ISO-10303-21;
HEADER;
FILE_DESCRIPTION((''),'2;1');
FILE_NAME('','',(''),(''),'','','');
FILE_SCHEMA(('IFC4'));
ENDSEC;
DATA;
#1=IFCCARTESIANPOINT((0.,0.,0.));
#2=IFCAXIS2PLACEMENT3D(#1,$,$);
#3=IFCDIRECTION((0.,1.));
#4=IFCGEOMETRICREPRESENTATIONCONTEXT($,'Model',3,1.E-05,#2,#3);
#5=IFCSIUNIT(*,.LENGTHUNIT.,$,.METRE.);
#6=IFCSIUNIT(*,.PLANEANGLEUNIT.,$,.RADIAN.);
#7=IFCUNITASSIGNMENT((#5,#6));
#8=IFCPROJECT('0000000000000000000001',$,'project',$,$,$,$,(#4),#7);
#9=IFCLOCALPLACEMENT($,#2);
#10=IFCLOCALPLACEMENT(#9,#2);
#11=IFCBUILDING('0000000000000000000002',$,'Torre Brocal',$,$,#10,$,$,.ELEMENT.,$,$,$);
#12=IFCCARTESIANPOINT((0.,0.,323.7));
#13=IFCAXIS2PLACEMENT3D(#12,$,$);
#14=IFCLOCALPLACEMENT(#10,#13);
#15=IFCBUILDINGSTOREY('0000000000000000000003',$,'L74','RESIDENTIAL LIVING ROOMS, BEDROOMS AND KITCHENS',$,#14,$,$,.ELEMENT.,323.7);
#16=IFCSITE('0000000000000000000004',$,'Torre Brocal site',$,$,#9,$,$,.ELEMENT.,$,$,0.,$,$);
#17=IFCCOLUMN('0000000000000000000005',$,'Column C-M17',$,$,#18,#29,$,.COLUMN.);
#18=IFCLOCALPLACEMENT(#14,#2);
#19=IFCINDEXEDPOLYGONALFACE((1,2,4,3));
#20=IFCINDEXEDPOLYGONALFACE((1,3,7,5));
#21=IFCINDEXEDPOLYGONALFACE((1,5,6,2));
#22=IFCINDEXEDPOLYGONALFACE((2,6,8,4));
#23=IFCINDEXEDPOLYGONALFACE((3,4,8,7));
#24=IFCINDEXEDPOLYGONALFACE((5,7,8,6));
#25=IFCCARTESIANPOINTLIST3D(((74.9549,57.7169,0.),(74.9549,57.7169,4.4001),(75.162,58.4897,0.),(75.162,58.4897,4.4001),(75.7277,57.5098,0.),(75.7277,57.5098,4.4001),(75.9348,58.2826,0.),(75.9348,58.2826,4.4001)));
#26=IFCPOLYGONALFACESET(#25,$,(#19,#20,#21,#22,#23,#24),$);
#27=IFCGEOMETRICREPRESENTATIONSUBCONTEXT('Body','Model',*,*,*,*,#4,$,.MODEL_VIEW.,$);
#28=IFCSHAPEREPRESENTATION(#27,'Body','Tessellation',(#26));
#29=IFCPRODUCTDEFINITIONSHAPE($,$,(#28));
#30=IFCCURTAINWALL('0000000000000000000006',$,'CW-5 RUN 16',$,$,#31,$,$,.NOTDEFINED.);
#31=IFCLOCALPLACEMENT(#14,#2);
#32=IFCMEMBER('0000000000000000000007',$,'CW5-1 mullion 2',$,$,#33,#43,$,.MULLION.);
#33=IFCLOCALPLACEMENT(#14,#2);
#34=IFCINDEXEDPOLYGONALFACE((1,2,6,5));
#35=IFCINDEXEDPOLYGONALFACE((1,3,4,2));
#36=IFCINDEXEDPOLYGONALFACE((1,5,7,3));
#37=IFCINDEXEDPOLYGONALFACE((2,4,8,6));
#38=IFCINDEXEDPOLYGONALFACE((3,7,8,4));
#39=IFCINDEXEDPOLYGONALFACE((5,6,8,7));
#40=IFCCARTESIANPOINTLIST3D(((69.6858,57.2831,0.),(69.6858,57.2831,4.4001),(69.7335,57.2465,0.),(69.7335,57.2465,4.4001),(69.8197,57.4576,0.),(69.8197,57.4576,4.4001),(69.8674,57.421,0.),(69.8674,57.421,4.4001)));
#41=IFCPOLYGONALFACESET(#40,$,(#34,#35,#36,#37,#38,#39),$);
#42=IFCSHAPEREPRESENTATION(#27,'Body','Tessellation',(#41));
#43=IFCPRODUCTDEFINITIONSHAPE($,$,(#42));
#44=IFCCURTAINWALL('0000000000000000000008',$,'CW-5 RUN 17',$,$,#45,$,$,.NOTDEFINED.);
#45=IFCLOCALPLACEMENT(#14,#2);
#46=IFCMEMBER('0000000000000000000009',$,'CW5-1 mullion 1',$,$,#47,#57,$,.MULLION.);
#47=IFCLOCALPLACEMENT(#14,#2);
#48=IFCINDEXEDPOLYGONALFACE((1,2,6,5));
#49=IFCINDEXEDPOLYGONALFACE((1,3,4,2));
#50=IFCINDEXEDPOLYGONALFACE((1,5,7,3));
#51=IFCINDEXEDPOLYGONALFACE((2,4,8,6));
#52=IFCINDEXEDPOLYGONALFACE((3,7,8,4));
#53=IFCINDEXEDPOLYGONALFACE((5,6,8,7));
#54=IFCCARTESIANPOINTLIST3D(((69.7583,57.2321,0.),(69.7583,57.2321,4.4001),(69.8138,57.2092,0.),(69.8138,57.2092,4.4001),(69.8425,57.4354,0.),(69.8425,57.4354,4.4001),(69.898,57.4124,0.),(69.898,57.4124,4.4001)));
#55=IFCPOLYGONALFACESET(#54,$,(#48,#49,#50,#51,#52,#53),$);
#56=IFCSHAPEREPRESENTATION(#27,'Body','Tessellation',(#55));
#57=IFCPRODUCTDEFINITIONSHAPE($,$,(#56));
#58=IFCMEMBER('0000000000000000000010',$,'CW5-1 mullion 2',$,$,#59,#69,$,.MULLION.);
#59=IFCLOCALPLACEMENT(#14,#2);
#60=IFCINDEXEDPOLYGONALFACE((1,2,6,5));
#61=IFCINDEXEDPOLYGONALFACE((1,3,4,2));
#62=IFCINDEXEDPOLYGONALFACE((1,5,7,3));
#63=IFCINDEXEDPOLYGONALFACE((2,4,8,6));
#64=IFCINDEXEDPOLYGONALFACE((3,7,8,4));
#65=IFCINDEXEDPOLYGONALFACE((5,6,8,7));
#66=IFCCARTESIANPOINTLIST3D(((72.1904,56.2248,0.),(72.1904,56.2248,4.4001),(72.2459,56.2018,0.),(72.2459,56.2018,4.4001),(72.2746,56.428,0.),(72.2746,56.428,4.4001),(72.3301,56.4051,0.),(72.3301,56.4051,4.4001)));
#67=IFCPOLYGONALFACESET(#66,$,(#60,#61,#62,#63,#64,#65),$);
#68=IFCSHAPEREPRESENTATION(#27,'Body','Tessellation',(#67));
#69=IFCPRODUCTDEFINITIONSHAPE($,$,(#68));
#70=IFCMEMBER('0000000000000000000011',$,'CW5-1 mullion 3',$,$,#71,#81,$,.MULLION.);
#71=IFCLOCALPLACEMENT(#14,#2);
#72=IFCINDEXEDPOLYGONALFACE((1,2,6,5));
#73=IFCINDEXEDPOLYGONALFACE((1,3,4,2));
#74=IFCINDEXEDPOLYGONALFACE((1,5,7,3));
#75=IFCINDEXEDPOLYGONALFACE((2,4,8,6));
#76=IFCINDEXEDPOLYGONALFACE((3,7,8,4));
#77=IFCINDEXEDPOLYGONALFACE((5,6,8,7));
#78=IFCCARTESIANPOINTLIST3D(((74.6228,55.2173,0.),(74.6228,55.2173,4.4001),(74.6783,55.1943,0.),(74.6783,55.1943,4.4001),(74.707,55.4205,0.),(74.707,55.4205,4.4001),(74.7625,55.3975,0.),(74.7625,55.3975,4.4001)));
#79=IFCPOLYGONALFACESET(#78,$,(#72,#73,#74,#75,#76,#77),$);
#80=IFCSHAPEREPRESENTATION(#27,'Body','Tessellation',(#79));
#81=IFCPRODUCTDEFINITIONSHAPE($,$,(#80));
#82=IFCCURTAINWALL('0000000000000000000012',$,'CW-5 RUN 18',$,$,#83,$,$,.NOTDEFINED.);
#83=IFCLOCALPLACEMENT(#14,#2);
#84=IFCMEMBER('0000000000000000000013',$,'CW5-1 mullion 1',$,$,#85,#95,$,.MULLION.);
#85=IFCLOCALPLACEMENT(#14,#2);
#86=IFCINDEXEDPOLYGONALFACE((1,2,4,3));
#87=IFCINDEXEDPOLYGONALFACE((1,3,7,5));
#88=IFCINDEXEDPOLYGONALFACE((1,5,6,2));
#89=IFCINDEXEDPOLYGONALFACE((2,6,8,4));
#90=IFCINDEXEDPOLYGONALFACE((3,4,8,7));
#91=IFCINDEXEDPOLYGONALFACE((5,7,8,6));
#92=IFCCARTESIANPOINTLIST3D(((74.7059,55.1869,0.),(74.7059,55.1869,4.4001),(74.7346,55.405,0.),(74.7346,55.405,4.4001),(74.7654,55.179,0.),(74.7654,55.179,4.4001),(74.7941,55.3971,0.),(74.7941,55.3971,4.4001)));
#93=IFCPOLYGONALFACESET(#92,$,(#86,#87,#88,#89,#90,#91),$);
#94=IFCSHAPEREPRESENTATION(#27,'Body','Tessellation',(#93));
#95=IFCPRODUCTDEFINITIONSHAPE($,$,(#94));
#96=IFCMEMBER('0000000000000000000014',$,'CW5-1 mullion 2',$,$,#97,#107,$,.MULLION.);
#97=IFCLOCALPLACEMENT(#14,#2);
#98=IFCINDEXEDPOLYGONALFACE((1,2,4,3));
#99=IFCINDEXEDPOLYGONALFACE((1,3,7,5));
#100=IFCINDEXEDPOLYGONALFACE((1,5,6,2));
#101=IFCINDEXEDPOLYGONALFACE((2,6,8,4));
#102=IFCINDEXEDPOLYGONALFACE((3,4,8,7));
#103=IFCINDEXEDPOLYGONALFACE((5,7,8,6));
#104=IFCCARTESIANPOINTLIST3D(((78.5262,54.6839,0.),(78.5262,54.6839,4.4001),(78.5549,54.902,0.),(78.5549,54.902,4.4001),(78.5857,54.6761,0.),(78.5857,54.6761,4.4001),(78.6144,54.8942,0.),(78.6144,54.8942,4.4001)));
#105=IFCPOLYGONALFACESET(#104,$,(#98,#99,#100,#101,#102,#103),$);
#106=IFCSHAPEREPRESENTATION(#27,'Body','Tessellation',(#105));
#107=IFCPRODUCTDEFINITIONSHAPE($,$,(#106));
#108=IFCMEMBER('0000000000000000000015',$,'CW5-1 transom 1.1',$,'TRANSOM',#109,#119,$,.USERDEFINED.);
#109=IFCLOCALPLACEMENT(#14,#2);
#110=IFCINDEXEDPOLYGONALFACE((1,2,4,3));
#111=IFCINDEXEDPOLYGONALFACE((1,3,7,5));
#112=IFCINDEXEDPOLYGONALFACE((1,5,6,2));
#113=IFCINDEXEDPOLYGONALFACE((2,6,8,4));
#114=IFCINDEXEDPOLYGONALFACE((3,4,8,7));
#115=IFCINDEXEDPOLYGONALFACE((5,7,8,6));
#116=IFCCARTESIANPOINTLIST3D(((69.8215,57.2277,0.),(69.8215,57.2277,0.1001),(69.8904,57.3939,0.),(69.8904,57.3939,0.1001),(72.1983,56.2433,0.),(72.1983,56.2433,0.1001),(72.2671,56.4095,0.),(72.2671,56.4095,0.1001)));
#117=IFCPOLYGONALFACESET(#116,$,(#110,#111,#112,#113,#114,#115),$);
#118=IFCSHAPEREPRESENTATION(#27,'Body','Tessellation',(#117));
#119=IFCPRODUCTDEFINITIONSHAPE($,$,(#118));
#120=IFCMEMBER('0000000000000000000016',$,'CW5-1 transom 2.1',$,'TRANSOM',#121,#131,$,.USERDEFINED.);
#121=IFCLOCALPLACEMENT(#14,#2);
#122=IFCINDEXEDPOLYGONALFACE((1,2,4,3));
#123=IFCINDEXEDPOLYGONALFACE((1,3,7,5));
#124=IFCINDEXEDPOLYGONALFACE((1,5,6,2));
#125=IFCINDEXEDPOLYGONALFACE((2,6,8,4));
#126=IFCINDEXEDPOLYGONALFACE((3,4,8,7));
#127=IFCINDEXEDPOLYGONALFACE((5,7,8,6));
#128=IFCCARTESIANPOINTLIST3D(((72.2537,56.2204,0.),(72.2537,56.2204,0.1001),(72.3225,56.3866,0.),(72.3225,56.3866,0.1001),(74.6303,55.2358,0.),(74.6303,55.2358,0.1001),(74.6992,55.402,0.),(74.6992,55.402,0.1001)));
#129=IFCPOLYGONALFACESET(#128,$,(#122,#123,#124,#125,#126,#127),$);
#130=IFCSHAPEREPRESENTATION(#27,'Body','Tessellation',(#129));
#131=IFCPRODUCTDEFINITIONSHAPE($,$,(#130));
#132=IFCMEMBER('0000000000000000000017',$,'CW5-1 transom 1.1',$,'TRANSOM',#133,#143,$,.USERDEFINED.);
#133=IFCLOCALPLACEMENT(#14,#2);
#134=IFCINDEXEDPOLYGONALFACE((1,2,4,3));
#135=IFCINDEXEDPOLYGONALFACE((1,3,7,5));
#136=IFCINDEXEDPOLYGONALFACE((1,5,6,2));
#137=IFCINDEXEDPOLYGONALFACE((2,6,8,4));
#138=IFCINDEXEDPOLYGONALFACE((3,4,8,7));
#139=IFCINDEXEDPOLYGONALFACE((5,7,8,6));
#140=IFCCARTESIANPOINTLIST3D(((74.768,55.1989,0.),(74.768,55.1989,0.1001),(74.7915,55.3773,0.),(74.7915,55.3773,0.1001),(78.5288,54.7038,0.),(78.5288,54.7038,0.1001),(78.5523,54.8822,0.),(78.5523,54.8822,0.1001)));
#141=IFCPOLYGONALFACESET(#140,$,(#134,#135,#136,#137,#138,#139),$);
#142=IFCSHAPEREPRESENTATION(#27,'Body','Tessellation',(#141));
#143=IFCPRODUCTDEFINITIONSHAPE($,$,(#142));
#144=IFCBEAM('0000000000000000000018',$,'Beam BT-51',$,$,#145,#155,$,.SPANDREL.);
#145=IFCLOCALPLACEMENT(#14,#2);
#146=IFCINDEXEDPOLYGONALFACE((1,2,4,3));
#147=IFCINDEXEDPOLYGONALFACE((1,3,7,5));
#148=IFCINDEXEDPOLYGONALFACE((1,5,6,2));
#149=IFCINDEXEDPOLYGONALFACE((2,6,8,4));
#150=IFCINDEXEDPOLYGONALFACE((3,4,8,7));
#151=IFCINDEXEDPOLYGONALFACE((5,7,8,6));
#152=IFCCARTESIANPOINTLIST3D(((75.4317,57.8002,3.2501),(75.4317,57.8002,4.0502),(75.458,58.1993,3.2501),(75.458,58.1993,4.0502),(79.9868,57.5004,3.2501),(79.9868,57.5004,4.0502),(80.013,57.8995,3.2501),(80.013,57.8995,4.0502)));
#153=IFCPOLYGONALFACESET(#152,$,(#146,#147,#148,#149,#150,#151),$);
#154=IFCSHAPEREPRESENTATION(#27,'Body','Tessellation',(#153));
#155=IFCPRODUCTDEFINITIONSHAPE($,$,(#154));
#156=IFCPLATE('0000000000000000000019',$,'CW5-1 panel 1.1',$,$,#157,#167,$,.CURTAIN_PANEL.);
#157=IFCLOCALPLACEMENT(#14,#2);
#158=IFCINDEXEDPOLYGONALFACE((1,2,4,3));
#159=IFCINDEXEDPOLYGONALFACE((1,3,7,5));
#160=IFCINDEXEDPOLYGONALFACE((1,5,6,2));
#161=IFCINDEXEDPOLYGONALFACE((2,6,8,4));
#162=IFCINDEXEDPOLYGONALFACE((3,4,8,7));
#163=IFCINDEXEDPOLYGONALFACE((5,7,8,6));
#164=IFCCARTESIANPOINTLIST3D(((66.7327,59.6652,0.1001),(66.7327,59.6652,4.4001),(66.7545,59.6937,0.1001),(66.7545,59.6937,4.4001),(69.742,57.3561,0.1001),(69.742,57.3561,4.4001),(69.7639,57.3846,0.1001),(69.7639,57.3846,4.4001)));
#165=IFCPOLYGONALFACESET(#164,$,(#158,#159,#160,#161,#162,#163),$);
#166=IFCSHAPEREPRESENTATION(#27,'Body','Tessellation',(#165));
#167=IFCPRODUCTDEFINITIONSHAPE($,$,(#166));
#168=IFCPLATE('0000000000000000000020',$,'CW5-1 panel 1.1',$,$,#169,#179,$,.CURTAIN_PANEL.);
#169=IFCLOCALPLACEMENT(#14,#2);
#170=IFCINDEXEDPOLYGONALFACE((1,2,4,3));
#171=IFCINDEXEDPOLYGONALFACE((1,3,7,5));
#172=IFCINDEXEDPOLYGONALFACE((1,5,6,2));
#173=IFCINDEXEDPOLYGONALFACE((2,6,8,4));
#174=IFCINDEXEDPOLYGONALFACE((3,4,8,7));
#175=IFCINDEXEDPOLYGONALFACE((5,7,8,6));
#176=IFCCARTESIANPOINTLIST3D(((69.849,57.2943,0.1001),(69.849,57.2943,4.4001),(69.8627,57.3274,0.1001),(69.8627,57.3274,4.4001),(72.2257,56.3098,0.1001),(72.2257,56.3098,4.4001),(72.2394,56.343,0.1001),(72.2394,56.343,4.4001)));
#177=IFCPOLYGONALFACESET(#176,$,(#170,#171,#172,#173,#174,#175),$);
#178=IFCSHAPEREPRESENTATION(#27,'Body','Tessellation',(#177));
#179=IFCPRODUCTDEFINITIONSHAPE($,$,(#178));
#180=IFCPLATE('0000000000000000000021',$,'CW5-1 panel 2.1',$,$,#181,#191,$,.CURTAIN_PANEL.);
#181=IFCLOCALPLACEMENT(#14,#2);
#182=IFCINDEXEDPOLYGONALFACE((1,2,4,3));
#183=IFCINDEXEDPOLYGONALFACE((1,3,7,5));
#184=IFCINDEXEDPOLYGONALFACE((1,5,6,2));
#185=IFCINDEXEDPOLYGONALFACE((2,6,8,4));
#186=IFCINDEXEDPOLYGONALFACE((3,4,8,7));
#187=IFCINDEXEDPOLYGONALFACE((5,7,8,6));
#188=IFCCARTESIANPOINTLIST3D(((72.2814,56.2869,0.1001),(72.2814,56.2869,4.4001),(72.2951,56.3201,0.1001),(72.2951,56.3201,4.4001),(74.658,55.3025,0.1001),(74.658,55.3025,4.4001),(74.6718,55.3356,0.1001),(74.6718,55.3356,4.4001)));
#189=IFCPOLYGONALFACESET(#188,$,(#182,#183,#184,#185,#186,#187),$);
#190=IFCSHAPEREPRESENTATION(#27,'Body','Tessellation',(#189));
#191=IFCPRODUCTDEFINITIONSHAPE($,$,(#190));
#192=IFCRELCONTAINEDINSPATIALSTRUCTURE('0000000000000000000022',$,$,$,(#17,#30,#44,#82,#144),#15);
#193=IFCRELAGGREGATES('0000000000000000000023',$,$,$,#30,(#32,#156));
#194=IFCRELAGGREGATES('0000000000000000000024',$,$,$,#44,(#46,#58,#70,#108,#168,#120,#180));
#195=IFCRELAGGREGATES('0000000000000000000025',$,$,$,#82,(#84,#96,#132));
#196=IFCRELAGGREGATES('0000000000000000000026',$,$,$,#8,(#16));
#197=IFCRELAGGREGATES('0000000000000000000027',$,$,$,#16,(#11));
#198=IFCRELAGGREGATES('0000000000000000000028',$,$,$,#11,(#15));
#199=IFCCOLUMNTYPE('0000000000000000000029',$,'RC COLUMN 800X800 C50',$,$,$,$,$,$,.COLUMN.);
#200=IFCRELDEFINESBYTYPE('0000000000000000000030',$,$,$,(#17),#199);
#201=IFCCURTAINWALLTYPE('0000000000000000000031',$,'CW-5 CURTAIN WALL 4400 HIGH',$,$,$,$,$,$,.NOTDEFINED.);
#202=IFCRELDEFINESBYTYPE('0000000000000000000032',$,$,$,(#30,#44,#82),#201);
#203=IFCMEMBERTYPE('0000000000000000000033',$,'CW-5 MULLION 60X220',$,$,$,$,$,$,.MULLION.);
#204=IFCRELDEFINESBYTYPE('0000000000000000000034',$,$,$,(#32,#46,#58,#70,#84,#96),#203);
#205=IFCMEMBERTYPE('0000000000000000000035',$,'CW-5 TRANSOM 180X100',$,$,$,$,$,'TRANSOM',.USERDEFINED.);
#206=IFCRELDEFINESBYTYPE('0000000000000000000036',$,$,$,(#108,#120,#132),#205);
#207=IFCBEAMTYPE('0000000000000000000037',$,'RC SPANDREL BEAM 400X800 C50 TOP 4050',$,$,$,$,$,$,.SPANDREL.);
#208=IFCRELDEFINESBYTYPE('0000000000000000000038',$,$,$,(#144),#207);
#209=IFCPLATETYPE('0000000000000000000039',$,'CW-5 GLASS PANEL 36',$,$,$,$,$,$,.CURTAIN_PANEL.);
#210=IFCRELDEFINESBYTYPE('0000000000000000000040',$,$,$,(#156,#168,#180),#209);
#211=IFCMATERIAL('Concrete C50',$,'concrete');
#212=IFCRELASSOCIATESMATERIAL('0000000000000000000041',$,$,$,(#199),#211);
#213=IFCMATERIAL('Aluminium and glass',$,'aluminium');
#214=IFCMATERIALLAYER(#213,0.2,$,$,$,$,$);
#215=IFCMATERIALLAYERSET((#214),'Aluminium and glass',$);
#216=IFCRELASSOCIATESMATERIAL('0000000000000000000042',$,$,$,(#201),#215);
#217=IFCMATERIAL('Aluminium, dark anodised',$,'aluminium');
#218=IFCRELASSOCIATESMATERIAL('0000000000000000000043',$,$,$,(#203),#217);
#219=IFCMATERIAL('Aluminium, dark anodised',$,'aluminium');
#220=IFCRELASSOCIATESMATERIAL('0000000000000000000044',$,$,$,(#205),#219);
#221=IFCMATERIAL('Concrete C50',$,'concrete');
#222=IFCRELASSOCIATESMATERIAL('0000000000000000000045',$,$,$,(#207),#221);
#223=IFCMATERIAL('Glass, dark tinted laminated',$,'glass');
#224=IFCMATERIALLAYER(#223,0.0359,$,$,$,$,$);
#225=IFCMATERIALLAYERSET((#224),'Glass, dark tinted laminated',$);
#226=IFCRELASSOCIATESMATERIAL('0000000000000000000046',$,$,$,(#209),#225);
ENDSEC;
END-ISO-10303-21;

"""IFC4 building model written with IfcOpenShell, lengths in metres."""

from ifc_helpers import new_model, si_unit, direction, frame, origin, origin_2d, place, context, subcontext, project, spatial, rectangle, extrude, material, layer, layer_set, material_profile, profile_set, type_object, element, aggregate, save


model = new_model("IFC4")

# Units and contexts
model_context = context("Model", 3, precision=1e-05, world=origin(), true_north=direction((0.0, 1.0)))
body_context = subcontext(model_context, "Body", "Model", "MODEL_VIEW")
ifc_project = project(units=[si_unit("LENGTHUNIT", "METRE"), si_unit("PLANEANGLEUNIT", "RADIAN")], contexts=[model_context])

# Site, building, storey
site_placement = place(None, origin())
site = spatial("IfcSite", under=ifc_project, at=site_placement, Name="Torre Brocal site", CompositionType="ELEMENT", RefElevation=0.0)
building_placement = place(site_placement, origin())
building = spatial("IfcBuilding", under=site, at=building_placement, Name="Torre Brocal", CompositionType="ELEMENT")
storey_placement = place(building_placement, frame((0.0, 0.0, 323.7)))
storey = spatial("IfcBuildingStorey", under=building, at=storey_placement, Name="L74", Description="RESIDENTIAL LIVING ROOMS, BEDROOMS AND KITCHENS", CompositionType="ELEMENT", Elevation=323.7)

# Column
ifc_material_1 = material(Name="Concrete C50", Category="concrete")
ifc_material_profile_1 = material_profile(ifc_material_1, rectangle(XDim=0.8, YDim=0.8, at=origin_2d()), Name="RC 800X800")
ifc_profile_set_1 = profile_set([ifc_material_profile_1], Name="Concrete C50")
column_type = type_object("IfcColumnType", Name="RC COLUMN 800X800 C50", PredefinedType="COLUMN", material=ifc_profile_set_1)
column_placement = place(storey_placement, frame((75.4448, 57.9998, 0.0), z_axis=(0.0, 0.0, 1.0), x_axis=(-0.258819, -0.965926, 0.0)))
element("IfcColumn", 1, at=column_placement, inside=storey, type_object=column_type, Name="Column C-M17", PredefinedType="COLUMN", context=body_context, shape_type="SweptSolid", body=[
    extrude(rectangle(XDim=0.8, YDim=0.8, at=origin_2d()), origin(), (0.0, 0.0, 1.0), 4.4001),
])

# Curtain wall, member
ifc_material_2 = material(Name="Aluminium and glass", Category="aluminium")
ifc_layer_1 = layer(ifc_material_2, 0.2)
ifc_layer_set_1 = layer_set([ifc_layer_1], Name="Aluminium and glass")
curtain_wall_type = type_object("IfcCurtainWallType", Name="CW-5 CURTAIN WALL 4400 HIGH", PredefinedType="NOTDEFINED", material=ifc_layer_set_1)
curtain_wall_1_placement = place(storey_placement, origin())
curtain_wall_1 = element("IfcCurtainWall", 2, at=curtain_wall_1_placement, inside=storey, type_object=curtain_wall_type, Name="CW-5 RUN 16", PredefinedType="NOTDEFINED")
ifc_material_3 = material(Name="Aluminium, dark anodised", Category="aluminium")
ifc_material_profile_2 = material_profile(ifc_material_3, rectangle(XDim=0.22, YDim=0.0601, at=origin_2d()), Name="CW-5 MULLION 60X220")
ifc_profile_set_2 = profile_set([ifc_material_profile_2], Name="Aluminium, dark anodised")
member_type_1 = type_object("IfcMemberType", Name="CW-5 MULLION 60X220", PredefinedType="MULLION", material=ifc_profile_set_2)
member_1_placement = place(storey_placement, frame((69.7766, 57.3521, 0.0), z_axis=(0.0, 0.0, 1.0), x_axis=(0.608761, 0.793353, 0.0)))
member_1 = element("IfcMember", 3, at=member_1_placement, type_object=member_type_1, Name="CW5-1 mullion 2", PredefinedType="MULLION", context=body_context, shape_type="SweptSolid", body=[
    extrude(rectangle(XDim=0.22, YDim=0.0601, at=origin_2d()), origin(), (0.0, 0.0, 1.0), 4.4001),
])

# Curtain walls, members
curtain_wall_2_placement = place(storey_placement, origin())
curtain_wall_2 = element("IfcCurtainWall", 4, at=curtain_wall_2_placement, inside=storey, type_object=curtain_wall_type, Name="CW-5 RUN 17", PredefinedType="NOTDEFINED")
member_2_placement = place(storey_placement, frame((69.8281, 57.3223, 0.0), z_axis=(0.0, 0.0, 1.0), x_axis=(0.382683, 0.92388, 0.0)))
member_2 = element("IfcMember", 5, at=member_2_placement, type_object=member_type_1, Name="CW5-1 mullion 1", PredefinedType="MULLION", context=body_context, shape_type="SweptSolid", body=[
    extrude(rectangle(XDim=0.22, YDim=0.0601, at=origin_2d()), origin(), (0.0, 0.0, 1.0), 4.4001),
])
member_3_placement = place(storey_placement, frame((72.2603, 56.3149, 0.0), z_axis=(0.0, 0.0, 1.0), x_axis=(0.382683, 0.92388, 0.0)))
member_3 = element("IfcMember", 6, at=member_3_placement, type_object=member_type_1, Name="CW5-1 mullion 2", PredefinedType="MULLION", context=body_context, shape_type="SweptSolid", body=[
    extrude(rectangle(XDim=0.22, YDim=0.0601, at=origin_2d()), origin(), (0.0, 0.0, 1.0), 4.4001),
])
member_4_placement = place(storey_placement, frame((74.6926, 55.3074, 0.0), z_axis=(0.0, 0.0, 1.0), x_axis=(0.382683, 0.92388, 0.0)))
member_4 = element("IfcMember", 7, at=member_4_placement, type_object=member_type_1, Name="CW5-1 mullion 3", PredefinedType="MULLION", context=body_context, shape_type="SweptSolid", body=[
    extrude(rectangle(XDim=0.22, YDim=0.0601, at=origin_2d()), origin(), (0.0, 0.0, 1.0), 4.4001),
])
curtain_wall_3_placement = place(storey_placement, origin())
curtain_wall_3 = element("IfcCurtainWall", 8, at=curtain_wall_3_placement, inside=storey, type_object=curtain_wall_type, Name="CW-5 RUN 18", PredefinedType="NOTDEFINED")
member_5_placement = place(storey_placement, frame((74.75, 55.292, 0.0), z_axis=(0.0, 0.0, 1.0), x_axis=(0.130526, 0.991445, 0.0)))
member_5 = element("IfcMember", 9, at=member_5_placement, type_object=member_type_1, Name="CW5-1 mullion 1", PredefinedType="MULLION", context=body_context, shape_type="SweptSolid", body=[
    extrude(rectangle(XDim=0.22, YDim=0.0601, at=origin_2d()), origin(), (0.0, 0.0, 1.0), 4.4001),
])
member_6_placement = place(storey_placement, frame((78.5703, 54.7891, 0.0), z_axis=(0.0, 0.0, 1.0), x_axis=(0.130526, 0.991445, 0.0)))
member_6 = element("IfcMember", 10, at=member_6_placement, type_object=member_type_1, Name="CW5-1 mullion 2", PredefinedType="MULLION", context=body_context, shape_type="SweptSolid", body=[
    extrude(rectangle(XDim=0.22, YDim=0.0601, at=origin_2d()), origin(), (0.0, 0.0, 1.0), 4.4001),
])

# Members
ifc_material_4 = material(Name="Aluminium, dark anodised", Category="aluminium")
ifc_material_profile_3 = material_profile(ifc_material_4, rectangle(XDim=0.1799, YDim=0.1001, at=origin_2d()), Name="CW-5 TRANSOM 180X100")
ifc_profile_set_3 = profile_set([ifc_material_profile_3], Name="Aluminium, dark anodised")
member_type_2 = type_object("IfcMemberType", Name="CW-5 TRANSOM 180X100", ElementType="TRANSOM", PredefinedType="USERDEFINED", material=ifc_profile_set_3)
member_7_placement = place(storey_placement, frame((69.856, 57.3108, 0.05), z_axis=(0.923892, -0.382654, 0.0), x_axis=(0.382654, 0.923892, 0.0)))
member_7 = element("IfcMember", 11, at=member_7_placement, type_object=member_type_2, Name="CW5-1 transom 1.1", ObjectType="TRANSOM", PredefinedType="USERDEFINED", context=body_context, shape_type="SweptSolid", body=[
    extrude(rectangle(XDim=0.1799, YDim=0.1001, at=origin_2d()), origin(), (0.0, 0.0, 1.0), 2.5725),
])
member_8_placement = place(storey_placement, frame((72.2881, 56.3035, 0.05), z_axis=(0.923858, -0.382735, 0.0), x_axis=(0.382735, 0.923858, 0.0)))
member_8 = element("IfcMember", 12, at=member_8_placement, type_object=member_type_2, Name="CW5-1 transom 2.1", ObjectType="TRANSOM", PredefinedType="USERDEFINED", context=body_context, shape_type="SweptSolid", body=[
    extrude(rectangle(XDim=0.1799, YDim=0.1001, at=origin_2d()), origin(), (0.0, 0.0, 1.0), 2.5725),
])
member_9_placement = place(storey_placement, frame((74.7798, 55.2881, 0.05), z_axis=(0.991445, -0.130528, 0.0), x_axis=(0.130528, 0.991445, 0.0)))
member_9 = element("IfcMember", 13, at=member_9_placement, type_object=member_type_2, Name="CW5-1 transom 1.1", ObjectType="TRANSOM", PredefinedType="USERDEFINED", context=body_context, shape_type="SweptSolid", body=[
    extrude(rectangle(XDim=0.1799, YDim=0.1001, at=origin_2d()), origin(), (0.0, 0.0, 1.0), 3.7932),
])

# Beam
ifc_material_5 = material(Name="Concrete C50", Category="concrete")
ifc_material_profile_4 = material_profile(ifc_material_5, rectangle(XDim=0.3999, YDim=0.8, at=origin_2d()), Name="RC 400X800")
ifc_profile_set_4 = profile_set([ifc_material_profile_4], Name="Concrete C50")
beam_type = type_object("IfcBeamType", Name="RC SPANDREL BEAM 400X800 C50 TOP 4050", PredefinedType="SPANDREL", material=ifc_profile_set_4)
beam_placement = place(storey_placement, frame((75.4448, 57.9998, 3.6501), z_axis=(0.997841, -0.065674, 0.0), x_axis=(0.065674, 0.997841, 0.0)))
element("IfcBeam", 14, at=beam_placement, inside=storey, type_object=beam_type, Name="Beam BT-51", PredefinedType="SPANDREL", context=body_context, shape_type="SweptSolid", body=[
    extrude(rectangle(XDim=0.3999, YDim=0.8, at=origin_2d()), origin(), (0.0, 0.0, 1.0), 4.5649),
])

# Plates
ifc_material_6 = material(Name="Glass, dark tinted laminated", Category="glass")
ifc_layer_2 = layer(ifc_material_6, 0.0359)
ifc_layer_set_2 = layer_set([ifc_layer_2], Name="Glass, dark tinted laminated")
plate_type = type_object("IfcPlateType", Name="CW-5 GLASS PANEL 36", PredefinedType="CURTAIN_PANEL", material=ifc_layer_set_2)
plate_1_placement = place(storey_placement, frame((68.2483, 58.5249, 0.1001), z_axis=(0.0, 0.0, 1.0), x_axis=(0.793353, -0.608761, 0.0)))
plate_1 = element("IfcPlate", 15, at=plate_1_placement, type_object=plate_type, Name="CW5-1 panel 1.1", PredefinedType="CURTAIN_PANEL", context=body_context, shape_type="SweptSolid", body=[
    extrude(rectangle(XDim=3.7932, YDim=0.0359, at=origin_2d()), origin(), (0.0, 0.0, 1.0), 4.3),
])
aggregate(curtain_wall_1, [member_1, plate_1])
plate_2_placement = place(storey_placement, frame((71.0442, 56.8186, 0.1001), z_axis=(0.0, 0.0, 1.0), x_axis=(0.92388, -0.382683, 0.0)))
plate_2 = element("IfcPlate", 16, at=plate_2_placement, type_object=plate_type, Name="CW5-1 panel 1.1", PredefinedType="CURTAIN_PANEL", context=body_context, shape_type="SweptSolid", body=[
    extrude(rectangle(XDim=2.5725, YDim=0.0359, at=origin_2d()), origin(), (0.0, 0.0, 1.0), 4.3),
])
plate_3_placement = place(storey_placement, frame((73.4766, 55.8113, 0.1001), z_axis=(0.0, 0.0, 1.0), x_axis=(0.92388, -0.382683, 0.0)))
plate_3 = element("IfcPlate", 17, at=plate_3_placement, type_object=plate_type, Name="CW5-1 panel 2.1", PredefinedType="CURTAIN_PANEL", context=body_context, shape_type="SweptSolid", body=[
    extrude(rectangle(XDim=2.5725, YDim=0.0359, at=origin_2d()), origin(), (0.0, 0.0, 1.0), 4.3),
])
aggregate(curtain_wall_2, [member_2, member_3, member_4, member_7, plate_2, member_8, plate_3])
aggregate(curtain_wall_3, [member_5, member_6, member_9])

save(model, "model.ifc")
